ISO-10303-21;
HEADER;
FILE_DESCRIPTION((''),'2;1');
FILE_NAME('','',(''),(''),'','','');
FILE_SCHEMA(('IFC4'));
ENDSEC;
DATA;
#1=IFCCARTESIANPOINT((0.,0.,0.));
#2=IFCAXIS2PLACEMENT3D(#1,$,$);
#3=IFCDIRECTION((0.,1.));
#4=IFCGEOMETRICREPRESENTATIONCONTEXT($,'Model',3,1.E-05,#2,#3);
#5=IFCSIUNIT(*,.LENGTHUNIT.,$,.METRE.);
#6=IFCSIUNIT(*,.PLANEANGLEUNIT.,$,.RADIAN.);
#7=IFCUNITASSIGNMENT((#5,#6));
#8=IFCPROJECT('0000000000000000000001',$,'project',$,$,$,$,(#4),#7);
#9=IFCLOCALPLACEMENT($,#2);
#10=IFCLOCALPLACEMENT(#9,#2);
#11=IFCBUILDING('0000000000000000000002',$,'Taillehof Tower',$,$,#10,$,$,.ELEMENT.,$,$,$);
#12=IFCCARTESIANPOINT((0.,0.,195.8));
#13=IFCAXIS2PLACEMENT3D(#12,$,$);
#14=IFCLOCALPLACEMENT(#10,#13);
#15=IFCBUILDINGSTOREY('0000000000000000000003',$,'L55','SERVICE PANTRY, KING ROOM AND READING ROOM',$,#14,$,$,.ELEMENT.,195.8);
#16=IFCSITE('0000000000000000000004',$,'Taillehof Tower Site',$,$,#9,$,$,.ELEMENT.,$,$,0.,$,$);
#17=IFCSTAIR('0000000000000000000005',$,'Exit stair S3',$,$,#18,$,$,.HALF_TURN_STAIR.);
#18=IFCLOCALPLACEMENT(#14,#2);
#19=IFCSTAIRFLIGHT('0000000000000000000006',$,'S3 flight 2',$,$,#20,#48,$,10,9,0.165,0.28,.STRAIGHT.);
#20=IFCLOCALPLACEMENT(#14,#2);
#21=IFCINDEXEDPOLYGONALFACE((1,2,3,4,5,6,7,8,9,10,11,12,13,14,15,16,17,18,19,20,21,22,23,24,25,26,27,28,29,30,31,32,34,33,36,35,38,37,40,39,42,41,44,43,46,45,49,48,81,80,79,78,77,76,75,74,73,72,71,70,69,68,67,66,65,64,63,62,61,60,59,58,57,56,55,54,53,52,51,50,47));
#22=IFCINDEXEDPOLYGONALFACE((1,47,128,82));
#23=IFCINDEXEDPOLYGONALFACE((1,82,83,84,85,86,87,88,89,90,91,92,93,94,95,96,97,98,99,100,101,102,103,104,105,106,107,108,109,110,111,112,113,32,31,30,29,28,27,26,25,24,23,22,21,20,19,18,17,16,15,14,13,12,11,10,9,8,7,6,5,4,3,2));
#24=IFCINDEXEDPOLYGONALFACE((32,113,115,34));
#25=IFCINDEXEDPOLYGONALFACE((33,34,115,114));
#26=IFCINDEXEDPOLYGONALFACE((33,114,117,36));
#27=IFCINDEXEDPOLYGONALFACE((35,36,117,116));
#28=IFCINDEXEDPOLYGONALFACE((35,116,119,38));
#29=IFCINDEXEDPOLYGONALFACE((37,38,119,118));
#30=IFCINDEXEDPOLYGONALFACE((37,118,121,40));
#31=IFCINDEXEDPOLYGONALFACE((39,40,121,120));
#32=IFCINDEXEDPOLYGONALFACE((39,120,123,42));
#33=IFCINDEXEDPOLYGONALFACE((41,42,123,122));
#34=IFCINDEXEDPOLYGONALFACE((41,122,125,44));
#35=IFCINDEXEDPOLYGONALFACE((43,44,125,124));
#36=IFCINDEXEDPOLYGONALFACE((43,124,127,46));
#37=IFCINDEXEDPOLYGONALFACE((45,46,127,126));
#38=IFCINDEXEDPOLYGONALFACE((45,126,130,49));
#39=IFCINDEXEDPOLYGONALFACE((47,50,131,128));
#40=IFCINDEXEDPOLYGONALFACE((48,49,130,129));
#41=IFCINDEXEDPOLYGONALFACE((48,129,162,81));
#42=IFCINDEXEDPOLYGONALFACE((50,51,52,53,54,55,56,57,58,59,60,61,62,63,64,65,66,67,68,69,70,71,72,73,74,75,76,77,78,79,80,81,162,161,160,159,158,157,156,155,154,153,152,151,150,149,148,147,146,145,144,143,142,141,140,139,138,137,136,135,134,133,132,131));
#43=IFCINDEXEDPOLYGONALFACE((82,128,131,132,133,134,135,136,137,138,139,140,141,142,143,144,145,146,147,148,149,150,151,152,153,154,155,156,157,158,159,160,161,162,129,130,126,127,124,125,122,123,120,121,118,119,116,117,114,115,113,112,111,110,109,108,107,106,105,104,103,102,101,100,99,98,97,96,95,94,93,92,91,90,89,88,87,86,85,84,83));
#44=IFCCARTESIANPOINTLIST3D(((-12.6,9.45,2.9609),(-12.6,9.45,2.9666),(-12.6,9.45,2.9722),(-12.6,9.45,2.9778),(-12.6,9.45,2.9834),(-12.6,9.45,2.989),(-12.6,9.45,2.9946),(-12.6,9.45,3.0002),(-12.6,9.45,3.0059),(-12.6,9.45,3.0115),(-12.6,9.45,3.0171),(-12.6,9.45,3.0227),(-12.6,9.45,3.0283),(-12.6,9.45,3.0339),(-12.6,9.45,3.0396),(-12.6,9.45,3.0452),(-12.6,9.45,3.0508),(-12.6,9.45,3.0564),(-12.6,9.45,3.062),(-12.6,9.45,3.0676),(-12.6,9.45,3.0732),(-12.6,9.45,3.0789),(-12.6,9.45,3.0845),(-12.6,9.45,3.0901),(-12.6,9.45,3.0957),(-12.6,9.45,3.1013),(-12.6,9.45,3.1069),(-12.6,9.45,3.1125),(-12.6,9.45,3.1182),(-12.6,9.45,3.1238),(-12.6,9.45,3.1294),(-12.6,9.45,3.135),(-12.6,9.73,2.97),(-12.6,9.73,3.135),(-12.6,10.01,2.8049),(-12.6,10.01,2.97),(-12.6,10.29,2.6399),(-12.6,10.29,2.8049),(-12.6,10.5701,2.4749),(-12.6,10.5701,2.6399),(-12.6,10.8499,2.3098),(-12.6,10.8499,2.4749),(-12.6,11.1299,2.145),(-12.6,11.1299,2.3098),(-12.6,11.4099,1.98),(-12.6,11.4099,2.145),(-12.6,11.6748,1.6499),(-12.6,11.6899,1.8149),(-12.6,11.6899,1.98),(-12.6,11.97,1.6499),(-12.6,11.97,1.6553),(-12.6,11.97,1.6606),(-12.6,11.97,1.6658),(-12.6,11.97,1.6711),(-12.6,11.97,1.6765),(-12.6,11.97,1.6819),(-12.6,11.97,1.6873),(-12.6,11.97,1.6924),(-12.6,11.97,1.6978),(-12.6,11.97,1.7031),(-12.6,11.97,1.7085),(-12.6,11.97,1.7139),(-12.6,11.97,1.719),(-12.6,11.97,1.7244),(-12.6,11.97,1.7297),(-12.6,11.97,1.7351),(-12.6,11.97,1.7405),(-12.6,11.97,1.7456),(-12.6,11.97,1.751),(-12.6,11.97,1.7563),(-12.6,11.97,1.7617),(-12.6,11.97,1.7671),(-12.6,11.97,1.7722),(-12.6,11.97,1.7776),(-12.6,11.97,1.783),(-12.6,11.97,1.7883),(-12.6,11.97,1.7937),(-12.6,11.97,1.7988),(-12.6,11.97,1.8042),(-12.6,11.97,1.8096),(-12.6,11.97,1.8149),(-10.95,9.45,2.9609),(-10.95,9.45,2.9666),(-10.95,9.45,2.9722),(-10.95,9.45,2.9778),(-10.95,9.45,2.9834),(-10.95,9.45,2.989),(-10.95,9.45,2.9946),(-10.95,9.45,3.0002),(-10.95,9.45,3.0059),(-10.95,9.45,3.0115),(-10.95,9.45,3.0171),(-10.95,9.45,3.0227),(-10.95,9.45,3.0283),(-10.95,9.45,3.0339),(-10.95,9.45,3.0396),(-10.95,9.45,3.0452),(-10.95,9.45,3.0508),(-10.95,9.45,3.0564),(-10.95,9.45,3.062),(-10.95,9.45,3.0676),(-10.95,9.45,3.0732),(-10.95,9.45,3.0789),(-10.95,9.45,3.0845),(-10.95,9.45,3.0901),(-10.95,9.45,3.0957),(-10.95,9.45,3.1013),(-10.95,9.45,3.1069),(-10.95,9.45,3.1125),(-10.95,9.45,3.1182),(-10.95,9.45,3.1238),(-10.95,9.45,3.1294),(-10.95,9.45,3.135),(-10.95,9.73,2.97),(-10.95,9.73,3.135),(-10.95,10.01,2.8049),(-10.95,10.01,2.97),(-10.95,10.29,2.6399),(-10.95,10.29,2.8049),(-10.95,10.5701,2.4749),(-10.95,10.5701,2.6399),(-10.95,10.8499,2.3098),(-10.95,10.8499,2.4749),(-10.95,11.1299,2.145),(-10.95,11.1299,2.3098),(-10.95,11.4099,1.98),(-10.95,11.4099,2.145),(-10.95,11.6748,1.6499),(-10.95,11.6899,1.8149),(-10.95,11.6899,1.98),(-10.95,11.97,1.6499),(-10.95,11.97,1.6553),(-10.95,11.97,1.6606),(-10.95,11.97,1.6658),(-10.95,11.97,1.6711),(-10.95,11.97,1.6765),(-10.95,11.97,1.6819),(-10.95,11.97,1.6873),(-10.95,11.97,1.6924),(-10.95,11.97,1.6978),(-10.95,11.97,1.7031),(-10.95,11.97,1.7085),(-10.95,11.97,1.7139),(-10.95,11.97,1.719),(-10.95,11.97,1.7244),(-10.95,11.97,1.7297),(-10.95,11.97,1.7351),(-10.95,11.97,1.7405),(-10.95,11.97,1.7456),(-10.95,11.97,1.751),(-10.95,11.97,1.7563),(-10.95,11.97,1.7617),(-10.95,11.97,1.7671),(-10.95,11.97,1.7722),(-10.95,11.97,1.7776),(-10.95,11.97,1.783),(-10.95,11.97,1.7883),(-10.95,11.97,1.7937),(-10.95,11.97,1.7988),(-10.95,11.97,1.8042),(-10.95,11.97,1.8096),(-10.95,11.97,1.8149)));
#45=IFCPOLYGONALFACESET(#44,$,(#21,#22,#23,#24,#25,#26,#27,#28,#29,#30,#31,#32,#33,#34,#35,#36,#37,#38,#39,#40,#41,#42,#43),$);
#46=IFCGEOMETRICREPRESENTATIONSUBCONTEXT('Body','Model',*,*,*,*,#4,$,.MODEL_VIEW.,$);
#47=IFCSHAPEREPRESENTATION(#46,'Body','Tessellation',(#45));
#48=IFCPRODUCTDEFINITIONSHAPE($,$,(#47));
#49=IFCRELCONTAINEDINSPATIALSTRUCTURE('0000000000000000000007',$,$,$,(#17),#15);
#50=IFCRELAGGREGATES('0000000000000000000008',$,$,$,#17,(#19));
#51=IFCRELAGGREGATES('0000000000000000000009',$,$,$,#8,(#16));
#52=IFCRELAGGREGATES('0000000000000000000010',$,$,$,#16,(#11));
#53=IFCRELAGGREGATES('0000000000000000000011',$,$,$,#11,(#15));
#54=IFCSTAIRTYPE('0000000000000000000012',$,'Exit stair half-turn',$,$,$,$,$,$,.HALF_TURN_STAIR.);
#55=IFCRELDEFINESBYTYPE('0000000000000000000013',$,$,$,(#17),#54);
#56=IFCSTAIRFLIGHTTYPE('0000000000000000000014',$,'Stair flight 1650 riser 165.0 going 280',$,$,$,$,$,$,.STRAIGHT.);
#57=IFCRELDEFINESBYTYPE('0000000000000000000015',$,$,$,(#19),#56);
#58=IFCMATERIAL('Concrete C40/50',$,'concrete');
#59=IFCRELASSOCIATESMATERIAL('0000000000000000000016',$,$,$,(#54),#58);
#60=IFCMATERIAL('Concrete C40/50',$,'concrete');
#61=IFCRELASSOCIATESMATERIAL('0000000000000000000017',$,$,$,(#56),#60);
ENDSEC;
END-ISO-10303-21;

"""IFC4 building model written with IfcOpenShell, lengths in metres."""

from ifc_helpers import new_model, si_unit, direction, frame, origin, place, context, subcontext, project, spatial, polyline, outline, extrude, material, type_object, element, aggregate, save


model = new_model("IFC4")

# Units and contexts
model_context = context("Model", 3, precision=1e-05, world=origin(), true_north=direction((0.0, 1.0)))
body_context = subcontext(model_context, "Body", "Model", "MODEL_VIEW")
ifc_project = project(units=[si_unit("LENGTHUNIT", "METRE"), si_unit("PLANEANGLEUNIT", "RADIAN")], contexts=[model_context])

# Site, building, storey
site_placement = place(None, origin())
site = spatial("IfcSite", under=ifc_project, at=site_placement, Name="Taillehof Tower Site", CompositionType="ELEMENT", RefElevation=0.0)
building_placement = place(site_placement, origin())
building = spatial("IfcBuilding", under=site, at=building_placement, Name="Taillehof Tower", CompositionType="ELEMENT")
storey_placement = place(building_placement, frame((0.0, 0.0, 195.8)))
storey = spatial("IfcBuildingStorey", under=building, at=storey_placement, Name="L55", Description="SERVICE PANTRY, KING ROOM AND READING ROOM", CompositionType="ELEMENT", Elevation=195.8)

# Stair, stair flight
ifc_material_1 = material(Name="Concrete C40/50", Category="concrete")
stair_type = type_object("IfcStairType", Name="Exit stair half-turn", PredefinedType="HALF_TURN_STAIR", material=ifc_material_1)
stair_placement = place(storey_placement, origin())
stair = element("IfcStair", 1, at=stair_placement, inside=storey, type_object=stair_type, Name="Exit stair S3", PredefinedType="HALF_TURN_STAIR")
ifc_material_2 = material(Name="Concrete C40/50", Category="concrete")
stair_flight_type = type_object("IfcStairFlightType", Name="Stair flight 1650 riser 165.0 going 280", PredefinedType="STRAIGHT", material=ifc_material_2)
stair_flight_placement = place(storey_placement, frame((-11.7749, 11.97, 1.6499), z_axis=(0.0, 0.0, 1.0), x_axis=(0.0, -1.0, 0.0)))
stair_flight = element("IfcStairFlight", 2, at=stair_flight_placement, type_object=stair_flight_type, Name="S3 flight 2", NumberOfRisers=10, NumberOfTreads=9, PredefinedType="STRAIGHT", RiserHeight=0.165, TreadLength=0.28, context=body_context, shape_type="SweptSolid", body=[
    extrude(outline(polyline([(0.0, 0.0), (0.0, 0.0054), (0.0, 0.0107), (0.0, 0.0159), (0.0, 0.0212), (0.0, 0.0266), (0.0, 0.032), (0.0, 0.0374), (0.0, 0.0425), (0.0, 0.0479), (0.0, 0.0532), (0.0, 0.0586), (0.0, 0.064), (0.0, 0.0691), (0.0, 0.0745), (0.0, 0.0798), (0.0, 0.0852), (0.0, 0.0906), (0.0, 0.0957), (0.0, 0.1011), (0.0, 0.1064), (0.0, 0.1118), (0.0, 0.1172), (0.0, 0.1223), (0.0, 0.1277), (0.0, 0.1331), (0.0, 0.1384), (0.0, 0.1438), (0.0, 0.1489), (0.0, 0.1543), (0.0, 0.1597), (0.0, 0.165), (0.28, 0.165), (0.28, 0.3301), (0.5601, 0.3301), (0.5601, 0.4951), (0.8401, 0.4951), (0.8401, 0.6599), (1.1201, 0.6599), (1.1201, 0.825), (1.3999, 0.825), (1.3999, 0.99), (1.6799, 0.99), (1.6799, 1.155), (1.96, 1.155), (1.96, 1.3201), (2.24, 1.3201), (2.24, 1.4851), (2.52, 1.4851), (2.52, 1.4795), (2.52, 1.4739), (2.52, 1.4683), (2.52, 1.4626), (2.52, 1.457), (2.52, 1.4514), (2.52, 1.4458), (2.52, 1.4402), (2.52, 1.4346), (2.52, 1.429), (2.52, 1.4233), (2.52, 1.4177), (2.52, 1.4121), (2.52, 1.4065), (2.52, 1.4009), (2.52, 1.3953), (2.52, 1.3896), (2.52, 1.384), (2.52, 1.3784), (2.52, 1.3728), (2.52, 1.3672), (2.52, 1.3616), (2.52, 1.356), (2.52, 1.3503), (2.52, 1.3447), (2.52, 1.3391), (2.52, 1.3335), (2.52, 1.3279), (2.52, 1.3223), (2.52, 1.3167), (2.52, 1.311), (0.2952, 0.0), (0.0, 0.0)])), frame((0.0, 0.825, 0.0), z_axis=(0.0, -1.0, 0.0), x_axis=(1.0, 0.0, 0.0)), (0.0, 0.0, 1.0), 1.65),
])
aggregate(stair, [stair_flight])

save(model, "model.ifc")
